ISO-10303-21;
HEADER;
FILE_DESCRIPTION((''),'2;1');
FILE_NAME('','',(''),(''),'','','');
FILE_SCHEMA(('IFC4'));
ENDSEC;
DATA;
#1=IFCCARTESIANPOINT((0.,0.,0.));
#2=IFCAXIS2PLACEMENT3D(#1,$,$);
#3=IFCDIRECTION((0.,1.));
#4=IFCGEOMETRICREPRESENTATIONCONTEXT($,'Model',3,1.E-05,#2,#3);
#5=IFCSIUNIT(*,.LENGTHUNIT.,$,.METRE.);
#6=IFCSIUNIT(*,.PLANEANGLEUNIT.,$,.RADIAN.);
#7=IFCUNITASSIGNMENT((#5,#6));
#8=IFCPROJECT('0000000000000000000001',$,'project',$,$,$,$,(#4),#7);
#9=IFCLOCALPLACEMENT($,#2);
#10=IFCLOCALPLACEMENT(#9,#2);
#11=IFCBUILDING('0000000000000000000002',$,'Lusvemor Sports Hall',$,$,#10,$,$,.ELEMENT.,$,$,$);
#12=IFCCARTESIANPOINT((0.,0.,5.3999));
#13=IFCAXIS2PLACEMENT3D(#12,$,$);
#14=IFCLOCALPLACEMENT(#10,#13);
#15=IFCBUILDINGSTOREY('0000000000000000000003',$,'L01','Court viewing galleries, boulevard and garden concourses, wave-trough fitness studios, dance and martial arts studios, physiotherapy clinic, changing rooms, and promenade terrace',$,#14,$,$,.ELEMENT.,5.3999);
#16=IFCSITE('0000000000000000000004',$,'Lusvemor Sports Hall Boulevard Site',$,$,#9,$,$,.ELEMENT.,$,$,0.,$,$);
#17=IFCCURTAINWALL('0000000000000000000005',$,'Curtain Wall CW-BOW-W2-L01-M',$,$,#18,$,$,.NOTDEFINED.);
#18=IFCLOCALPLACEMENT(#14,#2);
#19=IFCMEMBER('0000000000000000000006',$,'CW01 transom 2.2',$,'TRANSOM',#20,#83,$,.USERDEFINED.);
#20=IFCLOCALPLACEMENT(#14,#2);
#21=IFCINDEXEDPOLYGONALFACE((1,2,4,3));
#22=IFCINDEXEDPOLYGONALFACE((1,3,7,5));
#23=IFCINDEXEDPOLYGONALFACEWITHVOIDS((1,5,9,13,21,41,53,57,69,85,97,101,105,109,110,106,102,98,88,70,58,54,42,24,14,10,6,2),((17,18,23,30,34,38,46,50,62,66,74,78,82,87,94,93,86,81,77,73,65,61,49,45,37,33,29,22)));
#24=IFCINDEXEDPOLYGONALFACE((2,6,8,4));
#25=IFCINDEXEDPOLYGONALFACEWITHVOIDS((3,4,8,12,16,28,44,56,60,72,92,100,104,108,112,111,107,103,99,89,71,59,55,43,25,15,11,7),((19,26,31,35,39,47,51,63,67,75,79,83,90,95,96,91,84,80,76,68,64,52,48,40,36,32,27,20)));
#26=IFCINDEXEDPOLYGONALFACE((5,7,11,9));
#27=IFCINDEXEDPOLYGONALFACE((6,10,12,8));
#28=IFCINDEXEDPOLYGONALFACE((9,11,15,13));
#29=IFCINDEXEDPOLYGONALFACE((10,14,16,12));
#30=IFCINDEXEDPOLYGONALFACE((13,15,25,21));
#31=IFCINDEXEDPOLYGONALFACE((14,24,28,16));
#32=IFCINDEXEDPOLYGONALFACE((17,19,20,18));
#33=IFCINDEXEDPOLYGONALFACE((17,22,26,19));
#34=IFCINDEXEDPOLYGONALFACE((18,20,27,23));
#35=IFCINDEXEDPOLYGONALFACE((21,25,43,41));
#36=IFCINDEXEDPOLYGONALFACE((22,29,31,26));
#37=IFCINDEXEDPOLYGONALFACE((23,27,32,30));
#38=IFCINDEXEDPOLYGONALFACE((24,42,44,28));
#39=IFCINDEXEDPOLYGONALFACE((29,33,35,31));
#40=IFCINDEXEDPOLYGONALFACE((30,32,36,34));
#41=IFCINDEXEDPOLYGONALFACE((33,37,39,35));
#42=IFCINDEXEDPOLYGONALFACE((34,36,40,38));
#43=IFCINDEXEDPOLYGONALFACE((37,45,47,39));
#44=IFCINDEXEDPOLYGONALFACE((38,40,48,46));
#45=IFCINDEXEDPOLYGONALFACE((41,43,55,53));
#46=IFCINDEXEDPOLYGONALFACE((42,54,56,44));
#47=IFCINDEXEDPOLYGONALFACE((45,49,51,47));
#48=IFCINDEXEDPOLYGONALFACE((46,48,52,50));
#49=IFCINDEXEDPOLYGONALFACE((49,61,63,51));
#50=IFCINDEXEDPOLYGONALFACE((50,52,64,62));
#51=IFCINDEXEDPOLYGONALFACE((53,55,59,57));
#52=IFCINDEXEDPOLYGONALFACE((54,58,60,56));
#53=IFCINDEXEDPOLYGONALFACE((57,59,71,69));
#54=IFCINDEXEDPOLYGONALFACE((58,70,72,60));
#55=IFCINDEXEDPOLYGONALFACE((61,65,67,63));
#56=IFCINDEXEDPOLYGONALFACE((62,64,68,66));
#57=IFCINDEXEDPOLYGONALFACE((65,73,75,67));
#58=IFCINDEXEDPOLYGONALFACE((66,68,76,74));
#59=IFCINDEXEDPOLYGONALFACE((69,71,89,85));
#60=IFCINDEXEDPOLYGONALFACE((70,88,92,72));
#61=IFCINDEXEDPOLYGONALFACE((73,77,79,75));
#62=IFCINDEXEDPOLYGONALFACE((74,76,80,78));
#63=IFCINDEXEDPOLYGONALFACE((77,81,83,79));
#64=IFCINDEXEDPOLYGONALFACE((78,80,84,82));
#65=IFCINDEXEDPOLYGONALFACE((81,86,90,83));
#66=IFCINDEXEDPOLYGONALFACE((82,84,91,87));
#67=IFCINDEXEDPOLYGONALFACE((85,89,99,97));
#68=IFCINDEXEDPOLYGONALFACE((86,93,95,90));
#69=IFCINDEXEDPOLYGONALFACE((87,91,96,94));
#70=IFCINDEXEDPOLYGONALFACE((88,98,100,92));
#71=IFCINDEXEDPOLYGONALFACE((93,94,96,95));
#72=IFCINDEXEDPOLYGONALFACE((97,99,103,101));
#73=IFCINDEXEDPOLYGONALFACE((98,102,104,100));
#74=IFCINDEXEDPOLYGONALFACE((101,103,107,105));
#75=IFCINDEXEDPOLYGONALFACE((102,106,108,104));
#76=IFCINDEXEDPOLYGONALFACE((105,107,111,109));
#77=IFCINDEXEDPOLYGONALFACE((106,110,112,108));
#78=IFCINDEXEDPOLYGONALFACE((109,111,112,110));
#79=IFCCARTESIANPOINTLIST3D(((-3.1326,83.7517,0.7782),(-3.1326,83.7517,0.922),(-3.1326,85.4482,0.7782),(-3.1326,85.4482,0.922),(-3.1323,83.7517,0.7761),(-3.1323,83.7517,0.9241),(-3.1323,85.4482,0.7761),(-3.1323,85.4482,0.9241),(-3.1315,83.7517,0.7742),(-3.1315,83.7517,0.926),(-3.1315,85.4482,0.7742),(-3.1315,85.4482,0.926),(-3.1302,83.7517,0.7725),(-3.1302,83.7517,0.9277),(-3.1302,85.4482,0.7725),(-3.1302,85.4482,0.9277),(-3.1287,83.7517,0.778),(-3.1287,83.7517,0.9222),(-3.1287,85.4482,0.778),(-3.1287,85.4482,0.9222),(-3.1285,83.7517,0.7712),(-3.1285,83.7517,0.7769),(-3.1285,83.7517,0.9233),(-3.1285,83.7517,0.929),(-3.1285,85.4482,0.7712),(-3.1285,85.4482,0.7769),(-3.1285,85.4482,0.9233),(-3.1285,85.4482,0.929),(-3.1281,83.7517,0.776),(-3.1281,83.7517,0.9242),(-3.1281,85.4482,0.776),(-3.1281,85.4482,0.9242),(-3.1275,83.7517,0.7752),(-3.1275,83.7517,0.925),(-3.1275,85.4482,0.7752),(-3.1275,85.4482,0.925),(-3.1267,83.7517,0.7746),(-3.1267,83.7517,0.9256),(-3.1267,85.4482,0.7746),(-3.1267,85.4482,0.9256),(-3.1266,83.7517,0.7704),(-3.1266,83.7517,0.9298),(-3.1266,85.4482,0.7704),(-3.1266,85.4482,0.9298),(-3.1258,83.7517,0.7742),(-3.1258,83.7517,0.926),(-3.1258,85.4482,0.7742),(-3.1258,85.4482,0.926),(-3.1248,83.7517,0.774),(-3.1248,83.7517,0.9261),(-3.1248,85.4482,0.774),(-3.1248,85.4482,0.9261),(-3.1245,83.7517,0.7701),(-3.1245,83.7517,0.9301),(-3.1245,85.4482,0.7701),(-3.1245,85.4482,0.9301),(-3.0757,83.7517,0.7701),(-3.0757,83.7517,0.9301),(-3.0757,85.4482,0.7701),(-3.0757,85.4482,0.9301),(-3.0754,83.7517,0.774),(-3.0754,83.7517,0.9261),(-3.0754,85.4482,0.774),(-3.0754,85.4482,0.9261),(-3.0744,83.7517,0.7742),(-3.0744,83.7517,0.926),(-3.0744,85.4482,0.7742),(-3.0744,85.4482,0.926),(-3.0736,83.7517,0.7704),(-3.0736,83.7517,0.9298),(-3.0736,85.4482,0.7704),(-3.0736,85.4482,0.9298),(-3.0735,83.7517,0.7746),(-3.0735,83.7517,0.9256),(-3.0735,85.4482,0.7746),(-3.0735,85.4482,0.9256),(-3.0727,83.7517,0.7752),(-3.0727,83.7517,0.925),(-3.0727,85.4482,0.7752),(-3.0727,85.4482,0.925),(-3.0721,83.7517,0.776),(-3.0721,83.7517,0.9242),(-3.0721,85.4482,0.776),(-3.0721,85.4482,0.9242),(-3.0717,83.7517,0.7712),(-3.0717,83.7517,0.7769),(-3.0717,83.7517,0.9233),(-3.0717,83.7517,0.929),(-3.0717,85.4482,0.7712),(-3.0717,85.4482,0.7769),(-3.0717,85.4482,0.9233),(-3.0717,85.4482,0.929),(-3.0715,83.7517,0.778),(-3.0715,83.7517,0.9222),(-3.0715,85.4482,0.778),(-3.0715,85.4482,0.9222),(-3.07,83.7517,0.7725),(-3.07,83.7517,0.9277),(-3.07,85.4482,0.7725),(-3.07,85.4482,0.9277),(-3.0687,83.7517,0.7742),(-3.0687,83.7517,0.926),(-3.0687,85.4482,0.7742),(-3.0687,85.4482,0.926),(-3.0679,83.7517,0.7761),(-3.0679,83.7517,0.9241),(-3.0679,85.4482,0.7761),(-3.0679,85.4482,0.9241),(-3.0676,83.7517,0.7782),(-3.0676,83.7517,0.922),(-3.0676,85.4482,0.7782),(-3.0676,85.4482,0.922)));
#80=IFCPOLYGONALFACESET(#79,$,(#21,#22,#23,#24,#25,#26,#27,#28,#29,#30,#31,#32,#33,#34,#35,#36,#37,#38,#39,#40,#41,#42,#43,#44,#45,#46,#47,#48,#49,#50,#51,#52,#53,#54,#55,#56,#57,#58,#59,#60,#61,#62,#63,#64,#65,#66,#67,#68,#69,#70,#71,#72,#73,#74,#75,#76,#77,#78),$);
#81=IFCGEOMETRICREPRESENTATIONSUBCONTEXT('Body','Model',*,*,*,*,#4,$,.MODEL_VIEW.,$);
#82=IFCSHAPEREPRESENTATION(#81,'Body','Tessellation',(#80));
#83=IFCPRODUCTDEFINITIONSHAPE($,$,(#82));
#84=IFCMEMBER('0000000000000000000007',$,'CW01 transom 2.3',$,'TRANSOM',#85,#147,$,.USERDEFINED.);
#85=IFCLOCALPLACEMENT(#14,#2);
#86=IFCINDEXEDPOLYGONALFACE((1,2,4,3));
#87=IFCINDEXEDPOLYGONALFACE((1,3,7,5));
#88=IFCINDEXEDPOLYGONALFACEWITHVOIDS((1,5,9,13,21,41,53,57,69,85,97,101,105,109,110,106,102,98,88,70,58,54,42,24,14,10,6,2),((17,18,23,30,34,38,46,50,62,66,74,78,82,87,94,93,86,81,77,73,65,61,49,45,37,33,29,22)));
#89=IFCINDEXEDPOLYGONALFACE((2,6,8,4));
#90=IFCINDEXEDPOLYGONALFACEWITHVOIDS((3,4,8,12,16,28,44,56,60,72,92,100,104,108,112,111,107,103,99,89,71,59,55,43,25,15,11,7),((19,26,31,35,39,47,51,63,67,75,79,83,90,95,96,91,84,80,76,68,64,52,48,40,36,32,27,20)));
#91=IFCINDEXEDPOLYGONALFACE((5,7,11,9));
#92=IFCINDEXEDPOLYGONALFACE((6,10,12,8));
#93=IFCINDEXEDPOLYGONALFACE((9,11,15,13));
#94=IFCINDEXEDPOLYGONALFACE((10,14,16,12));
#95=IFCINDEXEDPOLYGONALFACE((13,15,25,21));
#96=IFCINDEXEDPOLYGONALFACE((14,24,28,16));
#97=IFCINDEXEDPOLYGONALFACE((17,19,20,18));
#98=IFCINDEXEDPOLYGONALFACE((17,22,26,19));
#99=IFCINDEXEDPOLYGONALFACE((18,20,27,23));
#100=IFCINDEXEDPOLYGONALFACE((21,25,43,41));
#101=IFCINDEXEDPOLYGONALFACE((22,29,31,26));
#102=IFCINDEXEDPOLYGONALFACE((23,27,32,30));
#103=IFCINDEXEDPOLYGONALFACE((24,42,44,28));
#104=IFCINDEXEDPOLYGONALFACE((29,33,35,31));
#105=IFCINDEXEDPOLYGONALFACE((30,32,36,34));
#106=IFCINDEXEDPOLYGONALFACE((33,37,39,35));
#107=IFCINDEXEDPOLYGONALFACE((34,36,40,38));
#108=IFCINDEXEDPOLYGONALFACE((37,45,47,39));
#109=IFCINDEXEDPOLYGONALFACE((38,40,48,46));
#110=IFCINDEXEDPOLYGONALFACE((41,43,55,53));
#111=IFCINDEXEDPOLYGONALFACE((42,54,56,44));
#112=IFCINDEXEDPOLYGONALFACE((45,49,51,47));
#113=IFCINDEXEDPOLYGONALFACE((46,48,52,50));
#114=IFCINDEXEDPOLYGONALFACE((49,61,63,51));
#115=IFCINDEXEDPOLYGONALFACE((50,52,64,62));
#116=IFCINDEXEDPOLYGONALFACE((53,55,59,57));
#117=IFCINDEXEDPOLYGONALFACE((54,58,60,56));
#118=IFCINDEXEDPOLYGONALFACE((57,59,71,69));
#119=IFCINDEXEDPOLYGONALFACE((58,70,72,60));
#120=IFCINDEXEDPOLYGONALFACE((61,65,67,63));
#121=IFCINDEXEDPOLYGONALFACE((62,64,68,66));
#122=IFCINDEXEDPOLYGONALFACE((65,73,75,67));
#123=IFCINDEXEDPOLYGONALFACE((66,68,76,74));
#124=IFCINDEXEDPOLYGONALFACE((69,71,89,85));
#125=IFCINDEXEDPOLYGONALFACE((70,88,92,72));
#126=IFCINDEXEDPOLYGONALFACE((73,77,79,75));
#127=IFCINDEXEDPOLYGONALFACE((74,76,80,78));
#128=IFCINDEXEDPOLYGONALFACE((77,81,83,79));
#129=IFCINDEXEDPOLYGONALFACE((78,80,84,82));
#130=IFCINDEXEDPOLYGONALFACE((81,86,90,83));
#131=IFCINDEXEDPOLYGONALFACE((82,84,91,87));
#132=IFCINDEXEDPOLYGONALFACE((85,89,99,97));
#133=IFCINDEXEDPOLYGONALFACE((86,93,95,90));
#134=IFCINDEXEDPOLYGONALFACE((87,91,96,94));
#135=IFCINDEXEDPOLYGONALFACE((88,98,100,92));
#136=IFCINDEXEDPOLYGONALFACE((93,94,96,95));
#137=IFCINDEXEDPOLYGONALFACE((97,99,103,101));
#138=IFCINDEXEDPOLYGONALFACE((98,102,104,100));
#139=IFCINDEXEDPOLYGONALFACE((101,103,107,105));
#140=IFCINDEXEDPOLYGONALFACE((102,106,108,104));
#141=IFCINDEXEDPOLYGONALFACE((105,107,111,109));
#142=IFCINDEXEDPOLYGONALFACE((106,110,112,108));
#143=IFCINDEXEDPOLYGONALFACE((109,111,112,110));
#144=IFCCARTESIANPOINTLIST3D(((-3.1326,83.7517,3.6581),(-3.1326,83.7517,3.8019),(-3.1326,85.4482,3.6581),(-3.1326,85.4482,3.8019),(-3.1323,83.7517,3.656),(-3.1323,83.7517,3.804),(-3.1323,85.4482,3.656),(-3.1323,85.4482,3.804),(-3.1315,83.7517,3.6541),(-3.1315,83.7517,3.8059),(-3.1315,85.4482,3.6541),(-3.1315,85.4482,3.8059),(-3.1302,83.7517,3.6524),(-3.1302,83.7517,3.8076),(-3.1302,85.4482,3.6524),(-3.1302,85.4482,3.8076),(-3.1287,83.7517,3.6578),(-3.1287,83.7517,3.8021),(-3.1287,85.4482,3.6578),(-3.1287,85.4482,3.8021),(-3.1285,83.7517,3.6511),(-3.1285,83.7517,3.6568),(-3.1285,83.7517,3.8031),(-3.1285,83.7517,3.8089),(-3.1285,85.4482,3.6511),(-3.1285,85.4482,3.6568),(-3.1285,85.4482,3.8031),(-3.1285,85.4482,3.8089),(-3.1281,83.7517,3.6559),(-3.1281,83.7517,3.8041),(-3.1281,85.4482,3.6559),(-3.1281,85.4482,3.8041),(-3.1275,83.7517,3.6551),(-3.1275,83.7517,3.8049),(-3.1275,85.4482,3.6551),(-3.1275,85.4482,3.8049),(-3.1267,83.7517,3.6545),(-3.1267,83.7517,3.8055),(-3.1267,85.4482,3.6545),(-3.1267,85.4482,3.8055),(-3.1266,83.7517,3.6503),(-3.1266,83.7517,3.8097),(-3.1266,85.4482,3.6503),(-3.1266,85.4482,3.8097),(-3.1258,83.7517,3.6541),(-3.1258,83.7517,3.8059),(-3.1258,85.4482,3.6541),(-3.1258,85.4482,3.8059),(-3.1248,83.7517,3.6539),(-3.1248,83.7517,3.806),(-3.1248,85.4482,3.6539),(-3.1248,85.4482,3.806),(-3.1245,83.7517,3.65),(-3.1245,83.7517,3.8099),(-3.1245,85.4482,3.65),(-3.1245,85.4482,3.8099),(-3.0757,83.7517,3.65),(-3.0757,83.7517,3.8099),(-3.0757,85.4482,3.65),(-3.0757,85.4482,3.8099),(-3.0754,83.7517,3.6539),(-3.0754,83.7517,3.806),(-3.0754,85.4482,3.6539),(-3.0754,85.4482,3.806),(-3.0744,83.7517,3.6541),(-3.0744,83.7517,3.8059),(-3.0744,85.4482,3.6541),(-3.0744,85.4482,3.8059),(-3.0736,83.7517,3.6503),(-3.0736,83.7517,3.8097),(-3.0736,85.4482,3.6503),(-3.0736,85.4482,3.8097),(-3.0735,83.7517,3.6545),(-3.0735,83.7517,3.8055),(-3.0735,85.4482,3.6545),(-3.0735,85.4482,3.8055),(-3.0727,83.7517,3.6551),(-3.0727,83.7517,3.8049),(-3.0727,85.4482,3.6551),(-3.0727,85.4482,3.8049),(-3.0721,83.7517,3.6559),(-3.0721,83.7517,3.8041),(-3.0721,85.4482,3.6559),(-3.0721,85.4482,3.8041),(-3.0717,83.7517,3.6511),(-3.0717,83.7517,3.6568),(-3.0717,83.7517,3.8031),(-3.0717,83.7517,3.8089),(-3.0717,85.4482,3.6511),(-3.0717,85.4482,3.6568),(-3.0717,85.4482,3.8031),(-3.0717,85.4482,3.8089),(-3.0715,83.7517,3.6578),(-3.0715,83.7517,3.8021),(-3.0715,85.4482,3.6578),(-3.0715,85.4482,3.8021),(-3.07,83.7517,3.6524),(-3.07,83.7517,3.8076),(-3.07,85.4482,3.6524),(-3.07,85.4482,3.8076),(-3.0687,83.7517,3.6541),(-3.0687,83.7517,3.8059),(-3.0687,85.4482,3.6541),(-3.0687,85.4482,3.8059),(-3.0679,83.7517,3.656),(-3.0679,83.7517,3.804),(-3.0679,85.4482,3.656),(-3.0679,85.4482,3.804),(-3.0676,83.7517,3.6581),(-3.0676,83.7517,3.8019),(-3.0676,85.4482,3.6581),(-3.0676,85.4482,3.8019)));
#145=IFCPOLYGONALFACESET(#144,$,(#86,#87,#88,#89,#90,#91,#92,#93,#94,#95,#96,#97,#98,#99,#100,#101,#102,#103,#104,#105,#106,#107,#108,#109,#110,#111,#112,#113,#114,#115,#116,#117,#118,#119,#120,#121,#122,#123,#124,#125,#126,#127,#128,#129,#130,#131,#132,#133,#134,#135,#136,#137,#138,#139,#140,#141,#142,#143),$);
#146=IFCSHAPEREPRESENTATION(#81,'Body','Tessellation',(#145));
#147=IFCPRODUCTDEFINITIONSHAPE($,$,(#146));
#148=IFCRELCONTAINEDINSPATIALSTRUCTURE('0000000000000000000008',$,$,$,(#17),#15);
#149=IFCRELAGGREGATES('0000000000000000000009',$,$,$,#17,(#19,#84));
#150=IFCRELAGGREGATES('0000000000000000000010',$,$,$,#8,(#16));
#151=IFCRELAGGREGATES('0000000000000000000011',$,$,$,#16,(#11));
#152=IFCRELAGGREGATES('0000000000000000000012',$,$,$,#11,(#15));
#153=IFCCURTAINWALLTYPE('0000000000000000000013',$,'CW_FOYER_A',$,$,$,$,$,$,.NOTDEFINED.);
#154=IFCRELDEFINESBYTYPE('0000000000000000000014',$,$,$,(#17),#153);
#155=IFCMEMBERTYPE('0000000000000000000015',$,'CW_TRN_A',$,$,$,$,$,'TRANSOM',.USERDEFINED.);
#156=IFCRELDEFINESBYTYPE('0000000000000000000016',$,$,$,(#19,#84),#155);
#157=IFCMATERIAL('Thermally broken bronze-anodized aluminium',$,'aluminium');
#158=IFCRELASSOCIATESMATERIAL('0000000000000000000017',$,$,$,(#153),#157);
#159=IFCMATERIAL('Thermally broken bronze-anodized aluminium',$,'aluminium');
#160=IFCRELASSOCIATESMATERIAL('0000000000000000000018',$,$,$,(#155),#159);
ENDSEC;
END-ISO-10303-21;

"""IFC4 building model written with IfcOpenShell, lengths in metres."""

from ifc_helpers import new_model, si_unit, direction, frame, origin, origin_2d, place, context, subcontext, project, spatial, hollow_rectangle, extrude, material, material_profile, profile_set, type_object, element, aggregate, save


model = new_model("IFC4")

# Units and contexts
model_context = context("Model", 3, precision=1e-05, world=origin(), true_north=direction((0.0, 1.0)))
body_context = subcontext(model_context, "Body", "Model", "MODEL_VIEW")
ifc_project = project(units=[si_unit("LENGTHUNIT", "METRE"), si_unit("PLANEANGLEUNIT", "RADIAN")], contexts=[model_context])

# Site, building, storey
site_placement = place(None, origin())
site = spatial("IfcSite", under=ifc_project, at=site_placement, Name="Lusvemor Sports Hall Boulevard Site", CompositionType="ELEMENT", RefElevation=0.0)
building_placement = place(site_placement, origin())
building = spatial("IfcBuilding", under=site, at=building_placement, Name="Lusvemor Sports Hall", CompositionType="ELEMENT")
storey_placement = place(building_placement, frame((0.0, 0.0, 5.3999)))
storey = spatial("IfcBuildingStorey", under=building, at=storey_placement, Name="L01", Description="Court viewing galleries, boulevard and garden concourses, wave-trough fitness studios, dance and martial arts studios, physiotherapy clinic, changing rooms, and promenade terrace", CompositionType="ELEMENT", Elevation=5.3999)

# Curtain wall
ifc_material_1 = material(Name="Thermally broken bronze-anodized aluminium", Category="aluminium")
curtain_wall_type_1 = type_object("IfcCurtainWallType", Name="CW_FOYER_A", PredefinedType="NOTDEFINED", material=ifc_material_1)
curtain_wall_1_placement = place(storey_placement, origin())
curtain_wall_1 = element("IfcCurtainWall", 1, at=curtain_wall_1_placement, inside=storey, type_object=curtain_wall_type_1, Name="Curtain Wall CW-BOW-W2-L01-M", PredefinedType="NOTDEFINED")

# Members
ifc_material_2 = material(Name="Thermally broken bronze-anodized aluminium", Category="aluminium")
ifc_material_profile_1 = material_profile(ifc_material_2, hollow_rectangle(XDim=0.0649, YDim=0.1599, WallThickness=0.0039, InnerFilletRadius=0.0039, OuterFilletRadius=0.0081, at=origin_2d()), Name="CWTRN160x65x4")
ifc_profile_set_1 = profile_set([ifc_material_profile_1], Name="Thermally broken bronze-anodized aluminium")
member_type_1 = type_object("IfcMemberType", Name="CW_TRN_A", ElementType="TRANSOM", PredefinedType="USERDEFINED", material=ifc_profile_set_1)
member_1_placement = place(storey_placement, frame((-3.1001, 83.7517, 0.8501), z_axis=(0.0, 1.0, 0.0), x_axis=(-1.0, 0.0, 0.0)))
member_1 = element("IfcMember", 2, at=member_1_placement, type_object=member_type_1, Name="CW01 transom 2.2", ObjectType="TRANSOM", PredefinedType="USERDEFINED", context=body_context, shape_type="SweptSolid", body=[
    extrude(hollow_rectangle(XDim=0.0649, YDim=0.1599, WallThickness=0.0039, InnerFilletRadius=0.0039, OuterFilletRadius=0.0081, at=origin_2d()), origin(), (0.0, 0.0, 1.0), 1.6965),
])
member_2_placement = place(storey_placement, frame((-3.1001, 83.7517, 3.73), z_axis=(0.0, 1.0, 0.0), x_axis=(-1.0, 0.0, 0.0)))
member_2 = element("IfcMember", 3, at=member_2_placement, type_object=member_type_1, Name="CW01 transom 2.3", ObjectType="TRANSOM", PredefinedType="USERDEFINED", context=body_context, shape_type="SweptSolid", body=[
    extrude(hollow_rectangle(XDim=0.0649, YDim=0.1599, WallThickness=0.0039, InnerFilletRadius=0.0039, OuterFilletRadius=0.0081, at=origin_2d()), origin(), (0.0, 0.0, 1.0), 1.6965),
])

aggregate(curtain_wall_1, [member_1, member_2])

save(model, "model.ifc")
